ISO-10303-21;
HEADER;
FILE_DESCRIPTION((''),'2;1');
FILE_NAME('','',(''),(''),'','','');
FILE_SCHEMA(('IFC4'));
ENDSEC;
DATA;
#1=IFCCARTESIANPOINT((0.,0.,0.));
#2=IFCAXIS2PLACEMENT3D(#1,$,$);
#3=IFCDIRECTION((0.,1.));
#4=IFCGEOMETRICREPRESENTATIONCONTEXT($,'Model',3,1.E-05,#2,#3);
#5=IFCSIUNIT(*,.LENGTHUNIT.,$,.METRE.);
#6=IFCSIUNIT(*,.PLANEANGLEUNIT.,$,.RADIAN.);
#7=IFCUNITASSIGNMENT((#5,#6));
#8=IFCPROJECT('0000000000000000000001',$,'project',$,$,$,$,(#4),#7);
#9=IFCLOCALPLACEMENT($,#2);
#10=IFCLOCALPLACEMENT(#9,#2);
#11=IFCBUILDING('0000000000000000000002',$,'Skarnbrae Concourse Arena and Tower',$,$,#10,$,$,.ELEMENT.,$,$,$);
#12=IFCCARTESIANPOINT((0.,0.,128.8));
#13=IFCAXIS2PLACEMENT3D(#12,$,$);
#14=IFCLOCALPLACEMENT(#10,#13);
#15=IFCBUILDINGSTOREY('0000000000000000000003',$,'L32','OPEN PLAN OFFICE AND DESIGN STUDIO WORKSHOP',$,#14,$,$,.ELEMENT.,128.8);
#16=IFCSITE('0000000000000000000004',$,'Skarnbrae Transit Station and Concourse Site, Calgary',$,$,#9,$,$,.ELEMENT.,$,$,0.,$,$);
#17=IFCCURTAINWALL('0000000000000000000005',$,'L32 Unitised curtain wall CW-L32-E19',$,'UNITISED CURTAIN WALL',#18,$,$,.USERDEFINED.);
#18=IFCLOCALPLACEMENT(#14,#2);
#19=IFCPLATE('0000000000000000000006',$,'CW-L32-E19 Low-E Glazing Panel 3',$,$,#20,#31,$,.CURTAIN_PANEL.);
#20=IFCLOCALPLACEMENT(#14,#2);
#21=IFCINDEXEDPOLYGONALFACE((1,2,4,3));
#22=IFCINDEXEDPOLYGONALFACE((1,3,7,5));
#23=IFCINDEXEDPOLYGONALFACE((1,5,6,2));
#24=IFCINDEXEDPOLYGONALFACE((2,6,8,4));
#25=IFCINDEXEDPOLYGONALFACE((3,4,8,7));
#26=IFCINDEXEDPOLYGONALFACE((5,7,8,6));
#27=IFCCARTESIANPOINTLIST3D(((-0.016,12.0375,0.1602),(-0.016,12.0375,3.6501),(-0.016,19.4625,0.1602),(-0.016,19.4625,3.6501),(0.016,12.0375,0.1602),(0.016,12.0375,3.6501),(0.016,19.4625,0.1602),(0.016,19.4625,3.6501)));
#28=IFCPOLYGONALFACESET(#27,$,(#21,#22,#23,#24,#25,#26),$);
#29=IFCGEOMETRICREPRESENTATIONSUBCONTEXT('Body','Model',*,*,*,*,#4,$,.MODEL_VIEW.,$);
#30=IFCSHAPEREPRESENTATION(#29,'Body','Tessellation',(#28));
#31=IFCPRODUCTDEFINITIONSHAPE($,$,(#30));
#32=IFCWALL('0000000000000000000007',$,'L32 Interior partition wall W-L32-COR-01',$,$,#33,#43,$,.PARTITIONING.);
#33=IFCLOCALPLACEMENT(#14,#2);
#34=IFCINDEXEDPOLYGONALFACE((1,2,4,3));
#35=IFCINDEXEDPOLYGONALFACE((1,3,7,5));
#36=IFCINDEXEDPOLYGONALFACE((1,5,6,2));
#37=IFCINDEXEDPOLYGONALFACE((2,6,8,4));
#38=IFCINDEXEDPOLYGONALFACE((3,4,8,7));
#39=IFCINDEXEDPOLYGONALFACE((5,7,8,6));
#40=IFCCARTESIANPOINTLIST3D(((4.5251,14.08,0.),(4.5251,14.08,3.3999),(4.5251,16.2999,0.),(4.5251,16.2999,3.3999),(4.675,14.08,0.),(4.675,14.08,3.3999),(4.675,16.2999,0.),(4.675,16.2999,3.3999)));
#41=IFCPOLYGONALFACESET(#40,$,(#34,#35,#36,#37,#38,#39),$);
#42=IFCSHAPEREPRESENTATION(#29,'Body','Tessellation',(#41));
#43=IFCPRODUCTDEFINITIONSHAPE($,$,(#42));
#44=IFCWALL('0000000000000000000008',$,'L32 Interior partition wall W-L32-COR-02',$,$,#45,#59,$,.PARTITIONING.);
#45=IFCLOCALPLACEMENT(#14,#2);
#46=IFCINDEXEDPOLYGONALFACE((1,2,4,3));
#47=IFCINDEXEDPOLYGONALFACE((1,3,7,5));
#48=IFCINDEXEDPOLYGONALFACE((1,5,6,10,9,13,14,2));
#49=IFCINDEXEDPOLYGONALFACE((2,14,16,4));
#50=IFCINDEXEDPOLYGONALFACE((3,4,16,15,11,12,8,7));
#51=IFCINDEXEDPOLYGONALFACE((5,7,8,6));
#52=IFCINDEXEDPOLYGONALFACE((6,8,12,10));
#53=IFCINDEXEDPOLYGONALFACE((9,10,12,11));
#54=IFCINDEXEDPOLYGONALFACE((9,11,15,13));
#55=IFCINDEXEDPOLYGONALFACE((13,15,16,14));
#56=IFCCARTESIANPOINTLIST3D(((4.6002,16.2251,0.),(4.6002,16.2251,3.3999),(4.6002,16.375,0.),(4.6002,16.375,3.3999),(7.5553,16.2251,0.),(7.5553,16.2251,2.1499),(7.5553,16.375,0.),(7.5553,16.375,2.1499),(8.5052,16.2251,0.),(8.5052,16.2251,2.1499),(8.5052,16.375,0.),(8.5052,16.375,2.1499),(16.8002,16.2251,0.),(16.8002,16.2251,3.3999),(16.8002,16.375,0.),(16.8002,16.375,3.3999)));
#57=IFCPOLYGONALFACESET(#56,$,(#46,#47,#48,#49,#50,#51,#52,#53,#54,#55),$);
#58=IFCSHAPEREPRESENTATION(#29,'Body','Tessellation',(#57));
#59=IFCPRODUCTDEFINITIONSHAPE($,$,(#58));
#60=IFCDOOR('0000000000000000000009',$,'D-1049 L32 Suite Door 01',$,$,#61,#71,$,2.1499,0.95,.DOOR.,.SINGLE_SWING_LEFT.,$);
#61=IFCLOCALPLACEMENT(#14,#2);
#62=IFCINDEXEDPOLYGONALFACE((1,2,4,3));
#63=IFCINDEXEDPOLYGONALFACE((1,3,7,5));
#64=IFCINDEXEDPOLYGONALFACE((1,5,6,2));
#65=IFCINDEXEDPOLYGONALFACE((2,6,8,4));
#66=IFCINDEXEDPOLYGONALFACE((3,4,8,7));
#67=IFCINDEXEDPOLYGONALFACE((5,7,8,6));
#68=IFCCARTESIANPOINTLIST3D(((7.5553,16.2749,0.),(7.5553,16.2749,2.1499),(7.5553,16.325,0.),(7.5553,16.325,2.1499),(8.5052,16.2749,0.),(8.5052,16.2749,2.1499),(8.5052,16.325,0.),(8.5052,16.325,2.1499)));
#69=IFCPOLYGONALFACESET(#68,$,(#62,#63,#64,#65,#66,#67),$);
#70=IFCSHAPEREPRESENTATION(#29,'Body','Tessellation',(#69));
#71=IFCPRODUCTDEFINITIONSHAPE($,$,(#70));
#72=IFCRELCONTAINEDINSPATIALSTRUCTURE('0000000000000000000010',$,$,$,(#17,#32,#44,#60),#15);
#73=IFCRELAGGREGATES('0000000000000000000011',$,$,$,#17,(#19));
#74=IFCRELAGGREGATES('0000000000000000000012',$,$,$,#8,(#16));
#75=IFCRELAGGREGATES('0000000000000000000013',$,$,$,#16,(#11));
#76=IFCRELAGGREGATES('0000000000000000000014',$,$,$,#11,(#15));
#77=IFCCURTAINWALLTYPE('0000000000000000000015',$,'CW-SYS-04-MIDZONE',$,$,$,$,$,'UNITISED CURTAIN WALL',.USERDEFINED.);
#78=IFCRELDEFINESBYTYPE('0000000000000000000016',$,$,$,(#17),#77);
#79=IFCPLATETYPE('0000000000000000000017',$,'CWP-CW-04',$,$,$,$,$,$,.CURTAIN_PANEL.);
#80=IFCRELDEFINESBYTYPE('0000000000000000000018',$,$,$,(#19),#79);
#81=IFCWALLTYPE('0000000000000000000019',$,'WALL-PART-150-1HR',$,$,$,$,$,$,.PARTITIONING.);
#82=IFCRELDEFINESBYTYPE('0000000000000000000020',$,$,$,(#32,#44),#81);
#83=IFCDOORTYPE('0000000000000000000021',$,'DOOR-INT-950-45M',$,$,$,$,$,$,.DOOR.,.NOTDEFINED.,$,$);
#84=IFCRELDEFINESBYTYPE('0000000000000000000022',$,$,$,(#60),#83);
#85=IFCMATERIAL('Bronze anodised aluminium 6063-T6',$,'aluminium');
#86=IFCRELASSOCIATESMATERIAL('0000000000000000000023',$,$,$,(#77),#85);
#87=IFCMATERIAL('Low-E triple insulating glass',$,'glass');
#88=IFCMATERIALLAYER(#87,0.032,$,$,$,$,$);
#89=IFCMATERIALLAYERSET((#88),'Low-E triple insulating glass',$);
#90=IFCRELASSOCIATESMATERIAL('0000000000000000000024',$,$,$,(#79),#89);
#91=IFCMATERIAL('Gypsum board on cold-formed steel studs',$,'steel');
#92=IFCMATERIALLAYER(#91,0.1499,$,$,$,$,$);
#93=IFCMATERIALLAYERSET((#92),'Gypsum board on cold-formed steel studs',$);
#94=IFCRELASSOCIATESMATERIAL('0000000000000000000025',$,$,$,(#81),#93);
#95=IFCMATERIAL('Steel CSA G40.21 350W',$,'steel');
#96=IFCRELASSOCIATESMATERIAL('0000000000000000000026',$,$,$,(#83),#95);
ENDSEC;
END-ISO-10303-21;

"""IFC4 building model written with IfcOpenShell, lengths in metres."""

from ifc_helpers import new_model, si_unit, direction, frame, frame_2d, origin, origin_2d, place, context, subcontext, project, spatial, rectangle, extrude, source, transform, mapped, material, layer, layer_set, type_object, element, fill, aggregate, save


model = new_model("IFC4")

# Units and contexts
model_context = context("Model", 3, precision=1e-05, world=origin(), true_north=direction((0.0, 1.0)))
body_context = subcontext(model_context, "Body", "Model", "MODEL_VIEW")
ifc_project = project(units=[si_unit("LENGTHUNIT", "METRE"), si_unit("PLANEANGLEUNIT", "RADIAN")], contexts=[model_context])

# Site, building, storey
site_placement = place(None, origin())
site = spatial("IfcSite", under=ifc_project, at=site_placement, Name="Skarnbrae Transit Station and Concourse Site, Calgary", CompositionType="ELEMENT", RefElevation=0.0)
building_placement = place(site_placement, origin())
building = spatial("IfcBuilding", under=site, at=building_placement, Name="Skarnbrae Concourse Arena and Tower", CompositionType="ELEMENT")
storey_placement = place(building_placement, frame((0.0, 0.0, 128.8)))
storey = spatial("IfcBuildingStorey", under=building, at=storey_placement, Name="L32", Description="OPEN PLAN OFFICE AND DESIGN STUDIO WORKSHOP", CompositionType="ELEMENT", Elevation=128.8)

# Shared definitions
ifc_material_1 = material(Name="Steel CSA G40.21 350W", Category="steel")

# Curtain wall, plate
ifc_material_2 = material(Name="Bronze anodised aluminium 6063-T6", Category="aluminium")
curtain_wall_type = type_object("IfcCurtainWallType", Name="CW-SYS-04-MIDZONE", ElementType="UNITISED CURTAIN WALL", PredefinedType="USERDEFINED", material=ifc_material_2)
curtain_wall_placement = place(storey_placement, origin())
curtain_wall = element("IfcCurtainWall", 1, at=curtain_wall_placement, inside=storey, type_object=curtain_wall_type, Name="L32 Unitised curtain wall CW-L32-E19", ObjectType="UNITISED CURTAIN WALL", PredefinedType="USERDEFINED")
ifc_material_3 = material(Name="Low-E triple insulating glass", Category="glass")
ifc_layer_1 = layer(ifc_material_3, 0.032)
ifc_layer_set_1 = layer_set([ifc_layer_1], Name="Low-E triple insulating glass")
plate_type = type_object("IfcPlateType", Name="CWP-CW-04", PredefinedType="CURTAIN_PANEL", material=ifc_layer_set_1)
shared_shape_1 = source(origin(), body_context, "Body", "SweptSolid", [
    extrude(rectangle(XDim=7.425, YDim=0.032, at=origin_2d()), origin(), (0.0, 0.0, 1.0), 3.49),
])
plate_placement = place(storey_placement, frame((0.0, 15.75, 0.1602), z_axis=(0.0, 0.0, 1.0), x_axis=(0.0, -1.0, 0.0)))
plate = element("IfcPlate", 2, at=plate_placement, type_object=plate_type, Name="CW-L32-E19 Low-E Glazing Panel 3", PredefinedType="CURTAIN_PANEL", context=body_context, shape_type="MappedRepresentation", body=[
    mapped(shared_shape_1, transform((0.0, 0.0, 0.0))),
])
aggregate(curtain_wall, [plate])

# Wall
ifc_material_4 = material(Name="Gypsum board on cold-formed steel studs", Category="steel")
ifc_layer_2 = layer(ifc_material_4, 0.1499)
ifc_layer_set_2 = layer_set([ifc_layer_2], Name="Gypsum board on cold-formed steel studs")
wall_type_1 = type_object("IfcWallType", Name="WALL-PART-150-1HR", PredefinedType="PARTITIONING", material=ifc_layer_set_2)
shared_shape_2 = source(origin(), body_context, "Body", "SweptSolid", [
    extrude(rectangle(XDim=2.22, YDim=0.1499, at=frame_2d((1.1099, 0.0))), origin(), (0.0, 0.0, 1.0), 3.3999),
])
wall_1_placement = place(storey_placement, frame((4.6001, 14.0801, 0.0), z_axis=(0.0, 0.0, 1.0), x_axis=(0.0, 1.0, 0.0)))
element("IfcWall", 3, at=wall_1_placement, inside=storey, type_object=wall_type_1, Name="L32 Interior partition wall W-L32-COR-01", PredefinedType="PARTITIONING", context=body_context, shape_type="MappedRepresentation", body=[
    mapped(shared_shape_2, transform((0.0, 0.0, 0.0))),
])

# Wall, opening, door
shared_shape_3 = source(origin(), body_context, "Body", "SweptSolid", [
    extrude(rectangle(XDim=12.2, YDim=0.1499, at=frame_2d((6.1001, 0.0))), origin(), (0.0, 0.0, 1.0), 3.3999),
])
wall_2_placement = place(storey_placement, frame((4.6001, 16.3, 0.0), z_axis=(0.0, 0.0, 1.0), x_axis=(1.0, 0.0, 0.0)))
wall_2 = element("IfcWall", 4, at=wall_2_placement, inside=storey, type_object=wall_type_1, Name="L32 Interior partition wall W-L32-COR-02", PredefinedType="PARTITIONING", context=body_context, shape_type="MappedRepresentation", body=[
    mapped(shared_shape_3, transform((0.0, 0.0, 0.0))),
])
opening_1_placement = place(wall_2_placement, frame((2.9551, 0.0, 0.0)))
opening_1 = element("IfcOpeningElement", 5, at=opening_1_placement, cuts=wall_2, PredefinedType="OPENING", context=body_context, shape_type="SweptSolid", body=[
    extrude(rectangle(XDim=0.95, YDim=2.1499, at=frame_2d((0.4751, 1.075))), frame((0.0, 0.085, 0.0), z_axis=(0.0, -1.0, 0.0), x_axis=(1.0, 0.0, 0.0)), (0.0, 0.0, 1.0), 0.1699),
])
door_type_1 = type_object("IfcDoorType", Name="DOOR-INT-950-45M", OperationType="NOTDEFINED", PredefinedType="DOOR", material=ifc_material_1)
shared_shape_4 = source(origin(), body_context, "Body", "SweptSolid", [
    extrude(rectangle(XDim=0.95, YDim=2.1499, at=frame_2d((0.4751, 1.075))), frame((0.0, 0.0249, 0.0), z_axis=(0.0, -1.0, 0.0), x_axis=(1.0, 0.0, 0.0)), (0.0, 0.0, 1.0), 0.05),
])
door_1_placement = place(opening_1_placement, origin())
door_1 = element("IfcDoor", 6, at=door_1_placement, inside=storey, type_object=door_type_1, Name="D-1049 L32 Suite Door 01", OperationType="SINGLE_SWING_LEFT", OverallHeight=2.1499, OverallWidth=0.95, PredefinedType="DOOR", context=body_context, shape_type="MappedRepresentation", body=[
    mapped(shared_shape_4, transform((0.0, 0.0, 0.0))),
])
fill(opening_1, door_1)

save(model, "model.ifc")
